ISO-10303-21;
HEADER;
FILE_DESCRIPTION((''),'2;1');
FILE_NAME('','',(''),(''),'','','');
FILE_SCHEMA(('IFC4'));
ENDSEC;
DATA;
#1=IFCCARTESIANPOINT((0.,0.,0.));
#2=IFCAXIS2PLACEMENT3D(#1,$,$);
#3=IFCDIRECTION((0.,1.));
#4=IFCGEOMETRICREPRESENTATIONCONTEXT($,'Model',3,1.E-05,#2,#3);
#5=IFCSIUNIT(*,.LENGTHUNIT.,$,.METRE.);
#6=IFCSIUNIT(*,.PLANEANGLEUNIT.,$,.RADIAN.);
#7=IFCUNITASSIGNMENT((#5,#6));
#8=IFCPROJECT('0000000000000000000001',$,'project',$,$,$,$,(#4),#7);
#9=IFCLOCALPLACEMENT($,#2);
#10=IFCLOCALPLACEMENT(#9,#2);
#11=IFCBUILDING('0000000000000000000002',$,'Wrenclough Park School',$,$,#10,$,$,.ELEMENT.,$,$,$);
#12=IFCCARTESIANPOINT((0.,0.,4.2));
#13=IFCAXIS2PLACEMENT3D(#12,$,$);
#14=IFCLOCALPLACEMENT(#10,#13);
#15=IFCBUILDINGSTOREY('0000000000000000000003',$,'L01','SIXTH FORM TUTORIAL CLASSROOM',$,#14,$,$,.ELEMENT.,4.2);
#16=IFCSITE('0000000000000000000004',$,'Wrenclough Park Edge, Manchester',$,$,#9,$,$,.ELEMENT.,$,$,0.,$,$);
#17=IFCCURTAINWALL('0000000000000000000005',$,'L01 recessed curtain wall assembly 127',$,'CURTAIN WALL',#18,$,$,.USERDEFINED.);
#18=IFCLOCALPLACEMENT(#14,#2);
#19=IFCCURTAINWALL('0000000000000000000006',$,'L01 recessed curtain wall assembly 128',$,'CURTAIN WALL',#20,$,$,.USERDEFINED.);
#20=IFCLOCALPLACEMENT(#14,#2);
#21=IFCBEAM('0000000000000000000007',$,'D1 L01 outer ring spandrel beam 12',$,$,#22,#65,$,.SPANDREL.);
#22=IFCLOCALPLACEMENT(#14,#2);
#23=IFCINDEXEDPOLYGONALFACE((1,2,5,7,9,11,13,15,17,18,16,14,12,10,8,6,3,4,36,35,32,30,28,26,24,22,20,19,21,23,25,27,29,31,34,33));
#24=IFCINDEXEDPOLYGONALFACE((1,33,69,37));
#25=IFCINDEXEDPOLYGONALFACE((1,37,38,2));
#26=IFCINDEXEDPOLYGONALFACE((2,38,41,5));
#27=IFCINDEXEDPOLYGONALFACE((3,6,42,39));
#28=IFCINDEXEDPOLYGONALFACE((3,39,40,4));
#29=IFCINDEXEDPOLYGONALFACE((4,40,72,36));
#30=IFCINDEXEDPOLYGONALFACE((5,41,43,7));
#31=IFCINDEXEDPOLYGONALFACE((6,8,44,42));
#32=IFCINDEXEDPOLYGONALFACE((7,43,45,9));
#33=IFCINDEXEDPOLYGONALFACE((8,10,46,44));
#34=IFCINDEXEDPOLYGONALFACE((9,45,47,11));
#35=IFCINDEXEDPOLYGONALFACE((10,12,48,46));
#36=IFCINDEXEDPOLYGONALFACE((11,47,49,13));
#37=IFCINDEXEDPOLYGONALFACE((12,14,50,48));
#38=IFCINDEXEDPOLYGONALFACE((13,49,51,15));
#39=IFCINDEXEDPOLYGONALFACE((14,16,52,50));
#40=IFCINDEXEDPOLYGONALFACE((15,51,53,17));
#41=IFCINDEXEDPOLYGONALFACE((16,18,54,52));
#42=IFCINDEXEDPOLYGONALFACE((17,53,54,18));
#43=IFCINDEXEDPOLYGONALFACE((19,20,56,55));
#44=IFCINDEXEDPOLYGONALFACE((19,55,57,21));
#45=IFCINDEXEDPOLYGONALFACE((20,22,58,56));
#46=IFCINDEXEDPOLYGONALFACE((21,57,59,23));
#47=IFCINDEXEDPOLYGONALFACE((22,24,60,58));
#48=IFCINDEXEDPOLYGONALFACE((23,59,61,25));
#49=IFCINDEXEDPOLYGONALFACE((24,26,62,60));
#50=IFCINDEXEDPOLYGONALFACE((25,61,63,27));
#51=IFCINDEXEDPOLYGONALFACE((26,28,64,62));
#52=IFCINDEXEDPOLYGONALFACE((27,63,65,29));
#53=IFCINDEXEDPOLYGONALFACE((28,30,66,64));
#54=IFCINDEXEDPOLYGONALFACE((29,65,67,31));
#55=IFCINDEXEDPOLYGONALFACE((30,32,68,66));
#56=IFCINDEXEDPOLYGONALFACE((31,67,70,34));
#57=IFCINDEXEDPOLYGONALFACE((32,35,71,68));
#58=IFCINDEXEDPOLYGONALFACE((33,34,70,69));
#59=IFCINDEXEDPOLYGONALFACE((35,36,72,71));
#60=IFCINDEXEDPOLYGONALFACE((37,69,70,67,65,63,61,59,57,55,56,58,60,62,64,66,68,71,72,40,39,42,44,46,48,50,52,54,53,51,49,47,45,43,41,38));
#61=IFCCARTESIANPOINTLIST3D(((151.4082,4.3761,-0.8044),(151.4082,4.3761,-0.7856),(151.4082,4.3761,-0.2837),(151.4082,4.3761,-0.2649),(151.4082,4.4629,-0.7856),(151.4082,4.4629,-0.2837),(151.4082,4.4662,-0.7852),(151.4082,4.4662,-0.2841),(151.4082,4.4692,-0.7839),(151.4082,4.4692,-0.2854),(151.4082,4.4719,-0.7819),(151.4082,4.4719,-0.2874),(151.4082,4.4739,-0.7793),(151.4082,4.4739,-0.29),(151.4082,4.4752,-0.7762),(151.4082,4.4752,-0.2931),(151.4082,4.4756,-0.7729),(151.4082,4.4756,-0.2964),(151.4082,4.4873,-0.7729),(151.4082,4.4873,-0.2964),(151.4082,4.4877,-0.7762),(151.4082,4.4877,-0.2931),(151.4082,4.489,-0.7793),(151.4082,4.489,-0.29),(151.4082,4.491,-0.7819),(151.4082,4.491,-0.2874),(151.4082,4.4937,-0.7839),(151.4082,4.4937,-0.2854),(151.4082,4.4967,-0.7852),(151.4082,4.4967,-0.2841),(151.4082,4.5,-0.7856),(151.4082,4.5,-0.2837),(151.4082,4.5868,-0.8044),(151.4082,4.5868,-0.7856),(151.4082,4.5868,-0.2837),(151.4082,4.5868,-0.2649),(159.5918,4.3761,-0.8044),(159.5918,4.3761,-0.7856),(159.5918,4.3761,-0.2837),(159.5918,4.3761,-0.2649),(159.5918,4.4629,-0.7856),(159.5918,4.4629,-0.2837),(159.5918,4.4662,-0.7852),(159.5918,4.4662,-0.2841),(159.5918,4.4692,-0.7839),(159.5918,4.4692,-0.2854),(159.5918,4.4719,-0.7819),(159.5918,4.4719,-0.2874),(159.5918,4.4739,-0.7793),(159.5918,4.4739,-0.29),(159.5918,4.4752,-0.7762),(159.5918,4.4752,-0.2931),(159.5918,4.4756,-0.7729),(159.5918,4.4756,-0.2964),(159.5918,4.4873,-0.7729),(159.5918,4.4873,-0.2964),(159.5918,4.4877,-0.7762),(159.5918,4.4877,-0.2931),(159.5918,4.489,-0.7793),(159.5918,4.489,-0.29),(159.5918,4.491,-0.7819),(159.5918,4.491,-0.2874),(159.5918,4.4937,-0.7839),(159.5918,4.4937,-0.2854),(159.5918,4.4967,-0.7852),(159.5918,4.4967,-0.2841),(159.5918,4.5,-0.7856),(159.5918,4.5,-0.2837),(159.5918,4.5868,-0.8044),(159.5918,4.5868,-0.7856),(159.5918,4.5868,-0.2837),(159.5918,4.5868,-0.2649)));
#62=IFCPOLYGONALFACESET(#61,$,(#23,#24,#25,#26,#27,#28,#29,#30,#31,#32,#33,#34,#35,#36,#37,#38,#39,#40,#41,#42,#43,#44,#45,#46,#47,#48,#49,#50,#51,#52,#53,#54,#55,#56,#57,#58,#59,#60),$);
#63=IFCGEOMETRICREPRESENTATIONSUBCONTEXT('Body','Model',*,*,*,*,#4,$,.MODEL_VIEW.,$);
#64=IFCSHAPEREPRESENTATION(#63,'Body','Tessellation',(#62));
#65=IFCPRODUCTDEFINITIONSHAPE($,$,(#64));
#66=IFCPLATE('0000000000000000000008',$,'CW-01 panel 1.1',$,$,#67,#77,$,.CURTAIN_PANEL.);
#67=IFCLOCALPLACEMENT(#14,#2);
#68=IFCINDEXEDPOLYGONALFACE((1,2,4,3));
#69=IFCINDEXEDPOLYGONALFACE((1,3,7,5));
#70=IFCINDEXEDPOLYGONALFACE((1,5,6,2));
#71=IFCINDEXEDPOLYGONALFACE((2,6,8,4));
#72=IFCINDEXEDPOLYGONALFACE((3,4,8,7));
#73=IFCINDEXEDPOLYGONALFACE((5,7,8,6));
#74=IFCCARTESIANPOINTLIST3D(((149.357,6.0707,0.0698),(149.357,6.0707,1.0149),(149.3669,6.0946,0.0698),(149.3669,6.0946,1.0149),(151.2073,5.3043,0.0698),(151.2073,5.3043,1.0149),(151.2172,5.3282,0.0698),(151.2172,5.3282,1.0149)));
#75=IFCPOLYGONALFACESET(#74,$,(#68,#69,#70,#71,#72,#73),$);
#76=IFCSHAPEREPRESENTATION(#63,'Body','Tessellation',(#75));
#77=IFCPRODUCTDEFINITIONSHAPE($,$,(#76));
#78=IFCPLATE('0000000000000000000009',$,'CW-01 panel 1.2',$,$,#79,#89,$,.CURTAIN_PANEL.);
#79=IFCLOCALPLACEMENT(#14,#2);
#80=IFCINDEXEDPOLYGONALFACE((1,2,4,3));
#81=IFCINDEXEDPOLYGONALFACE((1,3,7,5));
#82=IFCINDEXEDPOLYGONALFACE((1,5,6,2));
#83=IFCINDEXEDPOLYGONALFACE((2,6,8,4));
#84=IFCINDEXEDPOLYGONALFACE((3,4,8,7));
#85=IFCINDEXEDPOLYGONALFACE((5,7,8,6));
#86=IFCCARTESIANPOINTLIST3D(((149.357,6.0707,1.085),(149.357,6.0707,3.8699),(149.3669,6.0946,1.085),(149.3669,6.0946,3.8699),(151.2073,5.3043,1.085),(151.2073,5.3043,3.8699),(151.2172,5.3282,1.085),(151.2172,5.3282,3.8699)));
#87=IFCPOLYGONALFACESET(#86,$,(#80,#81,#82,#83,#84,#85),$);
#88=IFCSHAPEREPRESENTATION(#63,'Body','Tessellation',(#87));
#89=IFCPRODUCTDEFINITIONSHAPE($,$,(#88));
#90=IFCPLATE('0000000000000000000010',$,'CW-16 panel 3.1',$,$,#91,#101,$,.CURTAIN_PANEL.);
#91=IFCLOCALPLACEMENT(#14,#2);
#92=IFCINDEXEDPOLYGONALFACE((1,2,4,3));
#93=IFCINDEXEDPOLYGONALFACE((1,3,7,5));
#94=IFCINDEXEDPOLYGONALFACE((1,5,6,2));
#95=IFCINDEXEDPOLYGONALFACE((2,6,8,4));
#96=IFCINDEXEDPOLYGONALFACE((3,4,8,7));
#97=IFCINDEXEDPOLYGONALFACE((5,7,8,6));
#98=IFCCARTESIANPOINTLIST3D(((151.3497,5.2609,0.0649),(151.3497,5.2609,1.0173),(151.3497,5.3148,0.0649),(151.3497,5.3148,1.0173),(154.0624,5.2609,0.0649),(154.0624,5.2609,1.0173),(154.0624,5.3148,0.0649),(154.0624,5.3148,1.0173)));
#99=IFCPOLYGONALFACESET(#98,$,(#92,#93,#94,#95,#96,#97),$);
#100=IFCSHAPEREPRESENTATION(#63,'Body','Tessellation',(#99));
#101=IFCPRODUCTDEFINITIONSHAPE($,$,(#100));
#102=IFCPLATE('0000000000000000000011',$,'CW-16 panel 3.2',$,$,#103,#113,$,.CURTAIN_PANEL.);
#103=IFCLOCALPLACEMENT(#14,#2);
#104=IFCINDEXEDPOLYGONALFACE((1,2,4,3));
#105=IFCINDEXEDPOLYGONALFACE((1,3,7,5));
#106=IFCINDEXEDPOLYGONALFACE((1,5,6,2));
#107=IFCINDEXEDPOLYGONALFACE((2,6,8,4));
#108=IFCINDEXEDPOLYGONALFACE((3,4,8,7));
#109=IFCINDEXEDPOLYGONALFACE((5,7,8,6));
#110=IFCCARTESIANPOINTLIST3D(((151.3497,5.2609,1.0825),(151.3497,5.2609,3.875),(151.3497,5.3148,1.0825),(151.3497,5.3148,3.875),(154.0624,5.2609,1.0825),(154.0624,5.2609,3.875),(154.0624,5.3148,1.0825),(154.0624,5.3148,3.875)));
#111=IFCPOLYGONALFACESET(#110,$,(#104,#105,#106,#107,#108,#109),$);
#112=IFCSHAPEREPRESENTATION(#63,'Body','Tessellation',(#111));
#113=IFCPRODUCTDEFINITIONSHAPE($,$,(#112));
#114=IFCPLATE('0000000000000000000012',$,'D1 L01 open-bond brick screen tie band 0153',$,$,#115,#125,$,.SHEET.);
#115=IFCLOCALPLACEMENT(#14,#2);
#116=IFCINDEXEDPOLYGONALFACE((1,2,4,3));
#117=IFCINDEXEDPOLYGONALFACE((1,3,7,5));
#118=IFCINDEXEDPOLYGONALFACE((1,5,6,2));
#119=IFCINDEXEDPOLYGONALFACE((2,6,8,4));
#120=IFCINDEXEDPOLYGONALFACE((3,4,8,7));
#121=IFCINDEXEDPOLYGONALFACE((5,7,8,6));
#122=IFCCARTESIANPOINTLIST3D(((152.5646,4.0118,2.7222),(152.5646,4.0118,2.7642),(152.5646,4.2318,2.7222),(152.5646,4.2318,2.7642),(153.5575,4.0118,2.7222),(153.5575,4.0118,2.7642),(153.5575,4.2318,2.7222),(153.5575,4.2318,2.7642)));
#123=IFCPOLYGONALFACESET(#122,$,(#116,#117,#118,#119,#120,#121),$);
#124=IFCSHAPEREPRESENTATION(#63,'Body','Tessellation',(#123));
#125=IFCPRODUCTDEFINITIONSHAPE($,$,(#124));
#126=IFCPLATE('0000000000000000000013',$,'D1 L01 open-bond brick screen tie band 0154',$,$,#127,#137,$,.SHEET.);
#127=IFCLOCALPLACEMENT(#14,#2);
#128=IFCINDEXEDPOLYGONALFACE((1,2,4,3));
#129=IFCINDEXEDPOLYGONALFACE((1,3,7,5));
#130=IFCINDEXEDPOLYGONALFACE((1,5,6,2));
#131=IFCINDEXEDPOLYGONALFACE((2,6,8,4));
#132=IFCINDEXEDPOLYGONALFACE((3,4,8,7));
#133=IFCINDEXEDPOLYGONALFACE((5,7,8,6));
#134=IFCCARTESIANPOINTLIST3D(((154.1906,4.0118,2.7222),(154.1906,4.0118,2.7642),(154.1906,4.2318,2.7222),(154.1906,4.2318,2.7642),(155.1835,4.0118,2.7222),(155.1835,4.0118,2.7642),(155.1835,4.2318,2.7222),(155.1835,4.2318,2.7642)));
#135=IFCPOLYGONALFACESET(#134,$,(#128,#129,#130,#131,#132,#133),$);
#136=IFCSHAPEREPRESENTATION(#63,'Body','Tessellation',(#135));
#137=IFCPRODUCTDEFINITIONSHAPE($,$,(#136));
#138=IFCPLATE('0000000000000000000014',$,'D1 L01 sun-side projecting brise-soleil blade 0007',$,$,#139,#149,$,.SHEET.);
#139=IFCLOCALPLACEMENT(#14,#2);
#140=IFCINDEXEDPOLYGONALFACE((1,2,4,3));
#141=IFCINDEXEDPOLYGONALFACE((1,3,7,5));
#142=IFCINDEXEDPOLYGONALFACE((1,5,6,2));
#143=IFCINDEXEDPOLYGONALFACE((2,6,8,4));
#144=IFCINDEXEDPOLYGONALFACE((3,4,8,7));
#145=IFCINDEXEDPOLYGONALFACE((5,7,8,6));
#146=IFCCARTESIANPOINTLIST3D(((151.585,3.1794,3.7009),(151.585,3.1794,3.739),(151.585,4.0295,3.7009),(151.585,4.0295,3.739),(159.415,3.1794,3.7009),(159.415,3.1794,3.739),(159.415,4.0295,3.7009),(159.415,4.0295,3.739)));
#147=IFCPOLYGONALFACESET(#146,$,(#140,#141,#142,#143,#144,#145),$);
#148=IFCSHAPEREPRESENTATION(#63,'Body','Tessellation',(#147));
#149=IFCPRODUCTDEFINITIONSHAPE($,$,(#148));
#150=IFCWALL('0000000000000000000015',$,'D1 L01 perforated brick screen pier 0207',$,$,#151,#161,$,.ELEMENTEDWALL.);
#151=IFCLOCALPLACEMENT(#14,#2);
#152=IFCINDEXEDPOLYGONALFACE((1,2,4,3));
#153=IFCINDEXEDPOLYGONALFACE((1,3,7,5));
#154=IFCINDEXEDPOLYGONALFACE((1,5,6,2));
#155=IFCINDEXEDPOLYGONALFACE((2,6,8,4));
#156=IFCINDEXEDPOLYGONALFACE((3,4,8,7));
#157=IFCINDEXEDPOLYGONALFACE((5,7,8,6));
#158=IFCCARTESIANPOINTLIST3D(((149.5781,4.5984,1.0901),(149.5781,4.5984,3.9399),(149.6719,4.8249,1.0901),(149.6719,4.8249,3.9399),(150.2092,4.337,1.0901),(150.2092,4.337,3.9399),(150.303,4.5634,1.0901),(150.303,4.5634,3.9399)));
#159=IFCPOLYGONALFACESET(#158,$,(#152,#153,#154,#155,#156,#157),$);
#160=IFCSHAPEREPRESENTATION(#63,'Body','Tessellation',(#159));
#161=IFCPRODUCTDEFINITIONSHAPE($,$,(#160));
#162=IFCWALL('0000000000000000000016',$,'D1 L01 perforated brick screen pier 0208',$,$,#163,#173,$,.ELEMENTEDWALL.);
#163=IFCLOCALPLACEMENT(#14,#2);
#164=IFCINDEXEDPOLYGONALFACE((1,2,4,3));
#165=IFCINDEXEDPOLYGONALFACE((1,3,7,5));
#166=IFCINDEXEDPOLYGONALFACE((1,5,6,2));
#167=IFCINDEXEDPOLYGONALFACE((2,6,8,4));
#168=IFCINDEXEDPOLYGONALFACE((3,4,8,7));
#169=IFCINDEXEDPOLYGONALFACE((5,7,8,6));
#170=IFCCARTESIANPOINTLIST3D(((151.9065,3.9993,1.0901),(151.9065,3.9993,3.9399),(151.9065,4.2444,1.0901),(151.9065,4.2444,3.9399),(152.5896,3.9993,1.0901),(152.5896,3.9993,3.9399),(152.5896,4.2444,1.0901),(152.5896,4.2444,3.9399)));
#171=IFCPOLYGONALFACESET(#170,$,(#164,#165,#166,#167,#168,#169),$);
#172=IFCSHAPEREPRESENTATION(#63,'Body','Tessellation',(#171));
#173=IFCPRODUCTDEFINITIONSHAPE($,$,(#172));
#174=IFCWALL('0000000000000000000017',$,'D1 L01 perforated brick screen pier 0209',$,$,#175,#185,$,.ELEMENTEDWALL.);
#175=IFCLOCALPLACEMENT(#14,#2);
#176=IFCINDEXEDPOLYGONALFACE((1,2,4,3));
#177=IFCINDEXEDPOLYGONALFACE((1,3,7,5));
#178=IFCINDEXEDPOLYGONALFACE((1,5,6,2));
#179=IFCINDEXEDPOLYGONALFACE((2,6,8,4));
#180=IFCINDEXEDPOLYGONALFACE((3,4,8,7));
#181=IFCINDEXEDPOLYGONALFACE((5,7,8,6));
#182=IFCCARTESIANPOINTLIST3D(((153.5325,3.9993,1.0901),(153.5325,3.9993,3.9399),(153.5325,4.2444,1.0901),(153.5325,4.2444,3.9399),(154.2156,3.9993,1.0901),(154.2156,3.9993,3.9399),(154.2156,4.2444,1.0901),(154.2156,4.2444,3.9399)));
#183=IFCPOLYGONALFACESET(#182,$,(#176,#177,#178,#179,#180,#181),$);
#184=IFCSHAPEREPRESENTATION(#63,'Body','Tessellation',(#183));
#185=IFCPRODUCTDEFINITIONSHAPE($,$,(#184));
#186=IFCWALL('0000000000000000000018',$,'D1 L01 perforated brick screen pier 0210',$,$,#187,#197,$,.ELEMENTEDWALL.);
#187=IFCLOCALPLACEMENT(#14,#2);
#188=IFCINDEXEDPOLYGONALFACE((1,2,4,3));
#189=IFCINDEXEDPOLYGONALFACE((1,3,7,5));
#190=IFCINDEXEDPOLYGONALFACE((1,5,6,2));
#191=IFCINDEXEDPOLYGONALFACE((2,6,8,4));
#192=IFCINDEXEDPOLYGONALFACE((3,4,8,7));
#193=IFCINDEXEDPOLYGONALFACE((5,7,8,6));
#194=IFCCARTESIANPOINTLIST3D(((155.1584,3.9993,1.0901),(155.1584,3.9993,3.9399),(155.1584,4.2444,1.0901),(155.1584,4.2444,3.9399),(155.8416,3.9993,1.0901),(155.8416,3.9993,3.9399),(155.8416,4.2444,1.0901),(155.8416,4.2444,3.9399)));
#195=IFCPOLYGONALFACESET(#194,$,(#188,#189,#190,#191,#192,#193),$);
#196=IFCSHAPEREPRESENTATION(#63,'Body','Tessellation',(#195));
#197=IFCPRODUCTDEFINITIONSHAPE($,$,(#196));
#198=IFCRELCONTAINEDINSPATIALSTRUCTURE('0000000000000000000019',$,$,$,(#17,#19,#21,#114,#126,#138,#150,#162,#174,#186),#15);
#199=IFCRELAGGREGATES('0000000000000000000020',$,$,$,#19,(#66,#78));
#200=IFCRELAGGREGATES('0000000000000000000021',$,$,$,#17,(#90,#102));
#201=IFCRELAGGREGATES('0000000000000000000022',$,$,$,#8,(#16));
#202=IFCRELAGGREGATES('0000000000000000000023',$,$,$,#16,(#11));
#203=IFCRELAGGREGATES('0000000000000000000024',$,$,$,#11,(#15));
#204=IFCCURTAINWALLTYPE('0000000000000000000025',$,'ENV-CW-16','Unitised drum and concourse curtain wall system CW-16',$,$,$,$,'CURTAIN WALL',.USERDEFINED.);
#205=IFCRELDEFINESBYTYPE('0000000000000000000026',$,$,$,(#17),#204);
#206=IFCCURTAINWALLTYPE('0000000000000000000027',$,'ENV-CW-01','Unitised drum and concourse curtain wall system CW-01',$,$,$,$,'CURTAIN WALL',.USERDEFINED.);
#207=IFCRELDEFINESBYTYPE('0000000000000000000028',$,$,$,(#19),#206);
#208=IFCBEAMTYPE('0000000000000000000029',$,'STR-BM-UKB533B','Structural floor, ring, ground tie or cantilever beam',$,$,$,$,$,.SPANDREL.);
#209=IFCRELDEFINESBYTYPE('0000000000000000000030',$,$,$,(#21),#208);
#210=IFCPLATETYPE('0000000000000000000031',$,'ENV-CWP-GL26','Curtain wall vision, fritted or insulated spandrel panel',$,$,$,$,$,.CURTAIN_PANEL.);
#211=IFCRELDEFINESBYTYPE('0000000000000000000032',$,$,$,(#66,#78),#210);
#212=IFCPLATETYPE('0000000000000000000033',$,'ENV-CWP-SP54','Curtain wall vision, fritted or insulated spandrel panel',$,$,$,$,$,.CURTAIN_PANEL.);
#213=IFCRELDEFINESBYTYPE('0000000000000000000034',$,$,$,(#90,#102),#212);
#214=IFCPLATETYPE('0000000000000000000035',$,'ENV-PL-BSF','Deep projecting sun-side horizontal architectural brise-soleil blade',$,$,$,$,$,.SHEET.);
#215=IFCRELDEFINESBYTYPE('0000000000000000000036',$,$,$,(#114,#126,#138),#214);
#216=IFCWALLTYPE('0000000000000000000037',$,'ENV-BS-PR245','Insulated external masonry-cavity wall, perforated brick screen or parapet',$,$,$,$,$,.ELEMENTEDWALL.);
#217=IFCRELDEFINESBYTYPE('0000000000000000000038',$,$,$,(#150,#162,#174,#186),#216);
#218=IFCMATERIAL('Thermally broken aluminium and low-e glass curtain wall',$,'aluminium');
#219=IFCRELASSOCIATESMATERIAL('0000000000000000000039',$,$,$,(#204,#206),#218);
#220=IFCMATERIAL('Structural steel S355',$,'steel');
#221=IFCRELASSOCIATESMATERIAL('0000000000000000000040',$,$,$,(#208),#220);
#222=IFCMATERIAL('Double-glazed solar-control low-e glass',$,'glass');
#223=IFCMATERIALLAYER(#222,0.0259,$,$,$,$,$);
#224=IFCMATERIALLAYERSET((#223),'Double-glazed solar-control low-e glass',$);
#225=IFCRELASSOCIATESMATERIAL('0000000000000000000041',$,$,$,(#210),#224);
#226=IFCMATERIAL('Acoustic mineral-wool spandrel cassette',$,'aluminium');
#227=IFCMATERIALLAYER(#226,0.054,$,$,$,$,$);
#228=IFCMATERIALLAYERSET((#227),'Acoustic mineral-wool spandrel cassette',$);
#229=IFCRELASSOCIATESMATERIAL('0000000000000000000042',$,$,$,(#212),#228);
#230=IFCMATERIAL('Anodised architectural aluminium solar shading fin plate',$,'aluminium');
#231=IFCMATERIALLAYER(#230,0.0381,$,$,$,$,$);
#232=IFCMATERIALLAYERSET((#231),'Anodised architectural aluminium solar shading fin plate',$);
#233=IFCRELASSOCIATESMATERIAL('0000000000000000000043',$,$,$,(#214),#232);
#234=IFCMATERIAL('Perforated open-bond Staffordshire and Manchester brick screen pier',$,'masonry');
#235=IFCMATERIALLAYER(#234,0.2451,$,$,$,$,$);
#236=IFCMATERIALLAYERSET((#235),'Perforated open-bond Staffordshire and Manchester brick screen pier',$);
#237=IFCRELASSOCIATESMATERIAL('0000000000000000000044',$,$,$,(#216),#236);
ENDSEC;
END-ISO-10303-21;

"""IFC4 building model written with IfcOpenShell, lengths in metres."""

from ifc_helpers import new_model, si_unit, direction, frame, frame_2d, origin, origin_2d, place, context, subcontext, project, spatial, rectangle, i_section, extrude, material, layer, layer_set, material_profile, profile_set, type_object, element, aggregate, save


model = new_model("IFC4")

# Units and contexts
model_context = context("Model", 3, precision=1e-05, world=origin(), true_north=direction((0.0, 1.0)))
body_context = subcontext(model_context, "Body", "Model", "MODEL_VIEW")
ifc_project = project(units=[si_unit("LENGTHUNIT", "METRE"), si_unit("PLANEANGLEUNIT", "RADIAN")], contexts=[model_context])

# Site, building, storey
site_placement = place(None, origin())
site = spatial("IfcSite", under=ifc_project, at=site_placement, Name="Wrenclough Park Edge, Manchester", CompositionType="ELEMENT", RefElevation=0.0)
building_placement = place(site_placement, origin())
building = spatial("IfcBuilding", under=site, at=building_placement, Name="Wrenclough Park School", CompositionType="ELEMENT")
storey_placement = place(building_placement, frame((0.0, 0.0, 4.2)))
storey = spatial("IfcBuildingStorey", under=building, at=storey_placement, Name="L01", Description="SIXTH FORM TUTORIAL CLASSROOM", CompositionType="ELEMENT", Elevation=4.2)

# Curtain walls
ifc_material_1 = material(Name="Thermally broken aluminium and low-e glass curtain wall", Category="aluminium")
curtain_wall_type_1 = type_object("IfcCurtainWallType", Name="ENV-CW-16", Description="Unitised drum and concourse curtain wall system CW-16", ElementType="CURTAIN WALL", PredefinedType="USERDEFINED", material=ifc_material_1)
curtain_wall_1_placement = place(storey_placement, origin())
curtain_wall_1 = element("IfcCurtainWall", 1, at=curtain_wall_1_placement, inside=storey, type_object=curtain_wall_type_1, Name="L01 recessed curtain wall assembly 127", ObjectType="CURTAIN WALL", PredefinedType="USERDEFINED")
curtain_wall_type_2 = type_object("IfcCurtainWallType", Name="ENV-CW-01", Description="Unitised drum and concourse curtain wall system CW-01", ElementType="CURTAIN WALL", PredefinedType="USERDEFINED", material=ifc_material_1)
curtain_wall_2_placement = place(storey_placement, origin())
curtain_wall_2 = element("IfcCurtainWall", 2, at=curtain_wall_2_placement, inside=storey, type_object=curtain_wall_type_2, Name="L01 recessed curtain wall assembly 128", ObjectType="CURTAIN WALL", PredefinedType="USERDEFINED")

# Beam
ifc_material_2 = material(Name="Structural steel S355", Category="steel")
ifc_material_profile_1 = material_profile(ifc_material_2, i_section(OverallWidth=0.2107, OverallDepth=0.5396, WebThickness=0.0117, FlangeThickness=0.0188, FilletRadius=0.0127, at=origin_2d()), Name="UKB 533x210x109")
ifc_profile_set_1 = profile_set([ifc_material_profile_1], Name="Structural steel S355")
beam_type = type_object("IfcBeamType", Name="STR-BM-UKB533B", Description="Structural floor, ring, ground tie or cantilever beam", PredefinedType="SPANDREL", material=ifc_profile_set_1)
beam_placement = place(storey_placement, frame((151.4082, 4.4814, -0.5347), z_axis=(1.0, 0.0, 0.0), x_axis=(0.0, 1.0, 0.0)))
element("IfcBeam", 3, at=beam_placement, inside=storey, type_object=beam_type, Name="D1 L01 outer ring spandrel beam 12", PredefinedType="SPANDREL", context=body_context, shape_type="SweptSolid", body=[
    extrude(i_section(OverallWidth=0.2107, OverallDepth=0.5396, WebThickness=0.0117, FlangeThickness=0.0188, FilletRadius=0.0127, at=origin_2d()), origin(), (0.0, 0.0, 1.0), 8.1836),
])

# Plates
ifc_material_3 = material(Name="Double-glazed solar-control low-e glass", Category="glass")
ifc_layer_1 = layer(ifc_material_3, 0.0259)
ifc_layer_set_1 = layer_set([ifc_layer_1], Name="Double-glazed solar-control low-e glass")
plate_type_1 = type_object("IfcPlateType", Name="ENV-CWP-GL26", Description="Curtain wall vision, fritted or insulated spandrel panel", PredefinedType="CURTAIN_PANEL", material=ifc_layer_set_1)
plate_1_placement = place(storey_placement, frame((150.2871, 5.6995, 0.0698), z_axis=(0.0, 0.0, 1.0), x_axis=(-0.923878, 0.382687, 0.0)))
plate_1 = element("IfcPlate", 4, at=plate_1_placement, type_object=plate_type_1, Name="CW-01 panel 1.1", PredefinedType="CURTAIN_PANEL", context=body_context, shape_type="SweptSolid", body=[
    extrude(rectangle(XDim=2.0027, YDim=0.0259, at=origin_2d()), origin(), (0.0, 0.0, 1.0), 0.9451),
])
plate_2_placement = place(storey_placement, frame((150.2871, 5.6995, 1.085), z_axis=(0.0, 0.0, 1.0), x_axis=(-0.923878, 0.382687, 0.0)))
plate_2 = element("IfcPlate", 5, at=plate_2_placement, type_object=plate_type_1, Name="CW-01 panel 1.2", PredefinedType="CURTAIN_PANEL", context=body_context, shape_type="SweptSolid", body=[
    extrude(rectangle(XDim=2.0027, YDim=0.0259, at=origin_2d()), origin(), (0.0, 0.0, 1.0), 2.7849),
])
aggregate(curtain_wall_2, [plate_1, plate_2])
ifc_material_4 = material(Name="Acoustic mineral-wool spandrel cassette", Category="aluminium")
ifc_layer_2 = layer(ifc_material_4, 0.054)
ifc_layer_set_2 = layer_set([ifc_layer_2], Name="Acoustic mineral-wool spandrel cassette")
plate_type_2 = type_object("IfcPlateType", Name="ENV-CWP-SP54", Description="Curtain wall vision, fritted or insulated spandrel panel", PredefinedType="CURTAIN_PANEL", material=ifc_layer_set_2)
plate_3_placement = place(storey_placement, frame((152.7061, 5.2878, 0.0649), z_axis=(0.0, 0.0, 1.0), x_axis=(-1.0, 0.0, 0.0)))
plate_3 = element("IfcPlate", 6, at=plate_3_placement, type_object=plate_type_2, Name="CW-16 panel 3.1", PredefinedType="CURTAIN_PANEL", context=body_context, shape_type="SweptSolid", body=[
    extrude(rectangle(XDim=2.7126, YDim=0.054, at=origin_2d()), origin(), (0.0, 0.0, 1.0), 0.9524),
])
plate_4_placement = place(storey_placement, frame((152.7061, 5.2878, 1.0825), z_axis=(0.0, 0.0, 1.0), x_axis=(-1.0, 0.0, 0.0)))
plate_4 = element("IfcPlate", 7, at=plate_4_placement, type_object=plate_type_2, Name="CW-16 panel 3.2", PredefinedType="CURTAIN_PANEL", context=body_context, shape_type="SweptSolid", body=[
    extrude(rectangle(XDim=2.7126, YDim=0.054, at=origin_2d()), origin(), (0.0, 0.0, 1.0), 2.7925),
])
aggregate(curtain_wall_1, [plate_3, plate_4])

# Plates
ifc_material_5 = material(Name="Anodised architectural aluminium solar shading fin plate", Category="aluminium")
ifc_layer_3 = layer(ifc_material_5, 0.0381)
ifc_layer_set_3 = layer_set([ifc_layer_3], Name="Anodised architectural aluminium solar shading fin plate")
plate_type_3 = type_object("IfcPlateType", Name="ENV-PL-BSF", Description="Deep projecting sun-side horizontal architectural brise-soleil blade", PredefinedType="SHEET", material=ifc_layer_set_3)
for number, where, z_axis, x_axis, name in (
    (8, (153.061, 4.1218, 2.7222), (0.0, 0.0, 1.0), (1.0, 0.0, 0.0), "D1 L01 open-bond brick screen tie band 0153"),
    (9, (154.687, 4.1218, 2.7222), (0.0, 0.0, 1.0), (1.0, 0.0, 0.0), "D1 L01 open-bond brick screen tie band 0154"),
):
    element("IfcPlate", number, at=place(storey_placement, frame(where, z_axis=z_axis, x_axis=x_axis)), inside=storey, type_object=plate_type_3, Name=name, PredefinedType="SHEET", context=body_context, shape_type="SweptSolid", body=[
        extrude(rectangle(XDim=0.9929, YDim=0.22, at=origin_2d()), origin(), (0.0, 0.0, 1.0), 0.042),
    ])
plate_5_placement = place(storey_placement, frame((155.5, 3.6045, 3.7009), z_axis=(0.0, 0.0, 1.0), x_axis=(1.0, 0.0, 0.0)))
element("IfcPlate", 10, at=plate_5_placement, inside=storey, type_object=plate_type_3, Name="D1 L01 sun-side projecting brise-soleil blade 0007", PredefinedType="SHEET", context=body_context, shape_type="SweptSolid", body=[
    extrude(rectangle(XDim=7.8301, YDim=0.8501, at=origin_2d()), origin(), (0.0, 0.0, 1.0), 0.0381),
])

# Walls
ifc_material_6 = material(Name="Perforated open-bond Staffordshire and Manchester brick screen pier", Category="masonry")
ifc_layer_4 = layer(ifc_material_6, 0.2451)
ifc_layer_set_4 = layer_set([ifc_layer_4], Name="Perforated open-bond Staffordshire and Manchester brick screen pier")
wall_type_1 = type_object("IfcWallType", Name="ENV-BS-PR245", Description="Insulated external masonry-cavity wall, perforated brick screen or parapet", PredefinedType="ELEMENTEDWALL", material=ifc_layer_set_4)
for number, where, z_axis, x_axis, name in (
    (11, (149.625, 4.7117, 1.0901), (0.0, 0.0, 1.0), (0.923847, -0.382762, 0.0), "D1 L01 perforated brick screen pier 0207"),
    (12, (151.9065, 4.1218, 1.0901), (0.0, 0.0, 1.0), (1.0, 0.0, 0.0), "D1 L01 perforated brick screen pier 0208"),
    (13, (153.5325, 4.1218, 1.0901), (0.0, 0.0, 1.0), (1.0, 0.0, 0.0), "D1 L01 perforated brick screen pier 0209"),
    (14, (155.1584, 4.1218, 1.0901), (0.0, 0.0, 1.0), (1.0, 0.0, 0.0), "D1 L01 perforated brick screen pier 0210"),
):
    element("IfcWall", number, at=place(storey_placement, frame(where, z_axis=z_axis, x_axis=x_axis)), inside=storey, type_object=wall_type_1, Name=name, PredefinedType="ELEMENTEDWALL", context=body_context, shape_type="SweptSolid", body=[
        extrude(rectangle(XDim=0.6831, YDim=0.2451, at=frame_2d((0.3416, 0.0))), origin(), (0.0, 0.0, 1.0), 2.8499),
    ])

save(model, "model.ifc")
